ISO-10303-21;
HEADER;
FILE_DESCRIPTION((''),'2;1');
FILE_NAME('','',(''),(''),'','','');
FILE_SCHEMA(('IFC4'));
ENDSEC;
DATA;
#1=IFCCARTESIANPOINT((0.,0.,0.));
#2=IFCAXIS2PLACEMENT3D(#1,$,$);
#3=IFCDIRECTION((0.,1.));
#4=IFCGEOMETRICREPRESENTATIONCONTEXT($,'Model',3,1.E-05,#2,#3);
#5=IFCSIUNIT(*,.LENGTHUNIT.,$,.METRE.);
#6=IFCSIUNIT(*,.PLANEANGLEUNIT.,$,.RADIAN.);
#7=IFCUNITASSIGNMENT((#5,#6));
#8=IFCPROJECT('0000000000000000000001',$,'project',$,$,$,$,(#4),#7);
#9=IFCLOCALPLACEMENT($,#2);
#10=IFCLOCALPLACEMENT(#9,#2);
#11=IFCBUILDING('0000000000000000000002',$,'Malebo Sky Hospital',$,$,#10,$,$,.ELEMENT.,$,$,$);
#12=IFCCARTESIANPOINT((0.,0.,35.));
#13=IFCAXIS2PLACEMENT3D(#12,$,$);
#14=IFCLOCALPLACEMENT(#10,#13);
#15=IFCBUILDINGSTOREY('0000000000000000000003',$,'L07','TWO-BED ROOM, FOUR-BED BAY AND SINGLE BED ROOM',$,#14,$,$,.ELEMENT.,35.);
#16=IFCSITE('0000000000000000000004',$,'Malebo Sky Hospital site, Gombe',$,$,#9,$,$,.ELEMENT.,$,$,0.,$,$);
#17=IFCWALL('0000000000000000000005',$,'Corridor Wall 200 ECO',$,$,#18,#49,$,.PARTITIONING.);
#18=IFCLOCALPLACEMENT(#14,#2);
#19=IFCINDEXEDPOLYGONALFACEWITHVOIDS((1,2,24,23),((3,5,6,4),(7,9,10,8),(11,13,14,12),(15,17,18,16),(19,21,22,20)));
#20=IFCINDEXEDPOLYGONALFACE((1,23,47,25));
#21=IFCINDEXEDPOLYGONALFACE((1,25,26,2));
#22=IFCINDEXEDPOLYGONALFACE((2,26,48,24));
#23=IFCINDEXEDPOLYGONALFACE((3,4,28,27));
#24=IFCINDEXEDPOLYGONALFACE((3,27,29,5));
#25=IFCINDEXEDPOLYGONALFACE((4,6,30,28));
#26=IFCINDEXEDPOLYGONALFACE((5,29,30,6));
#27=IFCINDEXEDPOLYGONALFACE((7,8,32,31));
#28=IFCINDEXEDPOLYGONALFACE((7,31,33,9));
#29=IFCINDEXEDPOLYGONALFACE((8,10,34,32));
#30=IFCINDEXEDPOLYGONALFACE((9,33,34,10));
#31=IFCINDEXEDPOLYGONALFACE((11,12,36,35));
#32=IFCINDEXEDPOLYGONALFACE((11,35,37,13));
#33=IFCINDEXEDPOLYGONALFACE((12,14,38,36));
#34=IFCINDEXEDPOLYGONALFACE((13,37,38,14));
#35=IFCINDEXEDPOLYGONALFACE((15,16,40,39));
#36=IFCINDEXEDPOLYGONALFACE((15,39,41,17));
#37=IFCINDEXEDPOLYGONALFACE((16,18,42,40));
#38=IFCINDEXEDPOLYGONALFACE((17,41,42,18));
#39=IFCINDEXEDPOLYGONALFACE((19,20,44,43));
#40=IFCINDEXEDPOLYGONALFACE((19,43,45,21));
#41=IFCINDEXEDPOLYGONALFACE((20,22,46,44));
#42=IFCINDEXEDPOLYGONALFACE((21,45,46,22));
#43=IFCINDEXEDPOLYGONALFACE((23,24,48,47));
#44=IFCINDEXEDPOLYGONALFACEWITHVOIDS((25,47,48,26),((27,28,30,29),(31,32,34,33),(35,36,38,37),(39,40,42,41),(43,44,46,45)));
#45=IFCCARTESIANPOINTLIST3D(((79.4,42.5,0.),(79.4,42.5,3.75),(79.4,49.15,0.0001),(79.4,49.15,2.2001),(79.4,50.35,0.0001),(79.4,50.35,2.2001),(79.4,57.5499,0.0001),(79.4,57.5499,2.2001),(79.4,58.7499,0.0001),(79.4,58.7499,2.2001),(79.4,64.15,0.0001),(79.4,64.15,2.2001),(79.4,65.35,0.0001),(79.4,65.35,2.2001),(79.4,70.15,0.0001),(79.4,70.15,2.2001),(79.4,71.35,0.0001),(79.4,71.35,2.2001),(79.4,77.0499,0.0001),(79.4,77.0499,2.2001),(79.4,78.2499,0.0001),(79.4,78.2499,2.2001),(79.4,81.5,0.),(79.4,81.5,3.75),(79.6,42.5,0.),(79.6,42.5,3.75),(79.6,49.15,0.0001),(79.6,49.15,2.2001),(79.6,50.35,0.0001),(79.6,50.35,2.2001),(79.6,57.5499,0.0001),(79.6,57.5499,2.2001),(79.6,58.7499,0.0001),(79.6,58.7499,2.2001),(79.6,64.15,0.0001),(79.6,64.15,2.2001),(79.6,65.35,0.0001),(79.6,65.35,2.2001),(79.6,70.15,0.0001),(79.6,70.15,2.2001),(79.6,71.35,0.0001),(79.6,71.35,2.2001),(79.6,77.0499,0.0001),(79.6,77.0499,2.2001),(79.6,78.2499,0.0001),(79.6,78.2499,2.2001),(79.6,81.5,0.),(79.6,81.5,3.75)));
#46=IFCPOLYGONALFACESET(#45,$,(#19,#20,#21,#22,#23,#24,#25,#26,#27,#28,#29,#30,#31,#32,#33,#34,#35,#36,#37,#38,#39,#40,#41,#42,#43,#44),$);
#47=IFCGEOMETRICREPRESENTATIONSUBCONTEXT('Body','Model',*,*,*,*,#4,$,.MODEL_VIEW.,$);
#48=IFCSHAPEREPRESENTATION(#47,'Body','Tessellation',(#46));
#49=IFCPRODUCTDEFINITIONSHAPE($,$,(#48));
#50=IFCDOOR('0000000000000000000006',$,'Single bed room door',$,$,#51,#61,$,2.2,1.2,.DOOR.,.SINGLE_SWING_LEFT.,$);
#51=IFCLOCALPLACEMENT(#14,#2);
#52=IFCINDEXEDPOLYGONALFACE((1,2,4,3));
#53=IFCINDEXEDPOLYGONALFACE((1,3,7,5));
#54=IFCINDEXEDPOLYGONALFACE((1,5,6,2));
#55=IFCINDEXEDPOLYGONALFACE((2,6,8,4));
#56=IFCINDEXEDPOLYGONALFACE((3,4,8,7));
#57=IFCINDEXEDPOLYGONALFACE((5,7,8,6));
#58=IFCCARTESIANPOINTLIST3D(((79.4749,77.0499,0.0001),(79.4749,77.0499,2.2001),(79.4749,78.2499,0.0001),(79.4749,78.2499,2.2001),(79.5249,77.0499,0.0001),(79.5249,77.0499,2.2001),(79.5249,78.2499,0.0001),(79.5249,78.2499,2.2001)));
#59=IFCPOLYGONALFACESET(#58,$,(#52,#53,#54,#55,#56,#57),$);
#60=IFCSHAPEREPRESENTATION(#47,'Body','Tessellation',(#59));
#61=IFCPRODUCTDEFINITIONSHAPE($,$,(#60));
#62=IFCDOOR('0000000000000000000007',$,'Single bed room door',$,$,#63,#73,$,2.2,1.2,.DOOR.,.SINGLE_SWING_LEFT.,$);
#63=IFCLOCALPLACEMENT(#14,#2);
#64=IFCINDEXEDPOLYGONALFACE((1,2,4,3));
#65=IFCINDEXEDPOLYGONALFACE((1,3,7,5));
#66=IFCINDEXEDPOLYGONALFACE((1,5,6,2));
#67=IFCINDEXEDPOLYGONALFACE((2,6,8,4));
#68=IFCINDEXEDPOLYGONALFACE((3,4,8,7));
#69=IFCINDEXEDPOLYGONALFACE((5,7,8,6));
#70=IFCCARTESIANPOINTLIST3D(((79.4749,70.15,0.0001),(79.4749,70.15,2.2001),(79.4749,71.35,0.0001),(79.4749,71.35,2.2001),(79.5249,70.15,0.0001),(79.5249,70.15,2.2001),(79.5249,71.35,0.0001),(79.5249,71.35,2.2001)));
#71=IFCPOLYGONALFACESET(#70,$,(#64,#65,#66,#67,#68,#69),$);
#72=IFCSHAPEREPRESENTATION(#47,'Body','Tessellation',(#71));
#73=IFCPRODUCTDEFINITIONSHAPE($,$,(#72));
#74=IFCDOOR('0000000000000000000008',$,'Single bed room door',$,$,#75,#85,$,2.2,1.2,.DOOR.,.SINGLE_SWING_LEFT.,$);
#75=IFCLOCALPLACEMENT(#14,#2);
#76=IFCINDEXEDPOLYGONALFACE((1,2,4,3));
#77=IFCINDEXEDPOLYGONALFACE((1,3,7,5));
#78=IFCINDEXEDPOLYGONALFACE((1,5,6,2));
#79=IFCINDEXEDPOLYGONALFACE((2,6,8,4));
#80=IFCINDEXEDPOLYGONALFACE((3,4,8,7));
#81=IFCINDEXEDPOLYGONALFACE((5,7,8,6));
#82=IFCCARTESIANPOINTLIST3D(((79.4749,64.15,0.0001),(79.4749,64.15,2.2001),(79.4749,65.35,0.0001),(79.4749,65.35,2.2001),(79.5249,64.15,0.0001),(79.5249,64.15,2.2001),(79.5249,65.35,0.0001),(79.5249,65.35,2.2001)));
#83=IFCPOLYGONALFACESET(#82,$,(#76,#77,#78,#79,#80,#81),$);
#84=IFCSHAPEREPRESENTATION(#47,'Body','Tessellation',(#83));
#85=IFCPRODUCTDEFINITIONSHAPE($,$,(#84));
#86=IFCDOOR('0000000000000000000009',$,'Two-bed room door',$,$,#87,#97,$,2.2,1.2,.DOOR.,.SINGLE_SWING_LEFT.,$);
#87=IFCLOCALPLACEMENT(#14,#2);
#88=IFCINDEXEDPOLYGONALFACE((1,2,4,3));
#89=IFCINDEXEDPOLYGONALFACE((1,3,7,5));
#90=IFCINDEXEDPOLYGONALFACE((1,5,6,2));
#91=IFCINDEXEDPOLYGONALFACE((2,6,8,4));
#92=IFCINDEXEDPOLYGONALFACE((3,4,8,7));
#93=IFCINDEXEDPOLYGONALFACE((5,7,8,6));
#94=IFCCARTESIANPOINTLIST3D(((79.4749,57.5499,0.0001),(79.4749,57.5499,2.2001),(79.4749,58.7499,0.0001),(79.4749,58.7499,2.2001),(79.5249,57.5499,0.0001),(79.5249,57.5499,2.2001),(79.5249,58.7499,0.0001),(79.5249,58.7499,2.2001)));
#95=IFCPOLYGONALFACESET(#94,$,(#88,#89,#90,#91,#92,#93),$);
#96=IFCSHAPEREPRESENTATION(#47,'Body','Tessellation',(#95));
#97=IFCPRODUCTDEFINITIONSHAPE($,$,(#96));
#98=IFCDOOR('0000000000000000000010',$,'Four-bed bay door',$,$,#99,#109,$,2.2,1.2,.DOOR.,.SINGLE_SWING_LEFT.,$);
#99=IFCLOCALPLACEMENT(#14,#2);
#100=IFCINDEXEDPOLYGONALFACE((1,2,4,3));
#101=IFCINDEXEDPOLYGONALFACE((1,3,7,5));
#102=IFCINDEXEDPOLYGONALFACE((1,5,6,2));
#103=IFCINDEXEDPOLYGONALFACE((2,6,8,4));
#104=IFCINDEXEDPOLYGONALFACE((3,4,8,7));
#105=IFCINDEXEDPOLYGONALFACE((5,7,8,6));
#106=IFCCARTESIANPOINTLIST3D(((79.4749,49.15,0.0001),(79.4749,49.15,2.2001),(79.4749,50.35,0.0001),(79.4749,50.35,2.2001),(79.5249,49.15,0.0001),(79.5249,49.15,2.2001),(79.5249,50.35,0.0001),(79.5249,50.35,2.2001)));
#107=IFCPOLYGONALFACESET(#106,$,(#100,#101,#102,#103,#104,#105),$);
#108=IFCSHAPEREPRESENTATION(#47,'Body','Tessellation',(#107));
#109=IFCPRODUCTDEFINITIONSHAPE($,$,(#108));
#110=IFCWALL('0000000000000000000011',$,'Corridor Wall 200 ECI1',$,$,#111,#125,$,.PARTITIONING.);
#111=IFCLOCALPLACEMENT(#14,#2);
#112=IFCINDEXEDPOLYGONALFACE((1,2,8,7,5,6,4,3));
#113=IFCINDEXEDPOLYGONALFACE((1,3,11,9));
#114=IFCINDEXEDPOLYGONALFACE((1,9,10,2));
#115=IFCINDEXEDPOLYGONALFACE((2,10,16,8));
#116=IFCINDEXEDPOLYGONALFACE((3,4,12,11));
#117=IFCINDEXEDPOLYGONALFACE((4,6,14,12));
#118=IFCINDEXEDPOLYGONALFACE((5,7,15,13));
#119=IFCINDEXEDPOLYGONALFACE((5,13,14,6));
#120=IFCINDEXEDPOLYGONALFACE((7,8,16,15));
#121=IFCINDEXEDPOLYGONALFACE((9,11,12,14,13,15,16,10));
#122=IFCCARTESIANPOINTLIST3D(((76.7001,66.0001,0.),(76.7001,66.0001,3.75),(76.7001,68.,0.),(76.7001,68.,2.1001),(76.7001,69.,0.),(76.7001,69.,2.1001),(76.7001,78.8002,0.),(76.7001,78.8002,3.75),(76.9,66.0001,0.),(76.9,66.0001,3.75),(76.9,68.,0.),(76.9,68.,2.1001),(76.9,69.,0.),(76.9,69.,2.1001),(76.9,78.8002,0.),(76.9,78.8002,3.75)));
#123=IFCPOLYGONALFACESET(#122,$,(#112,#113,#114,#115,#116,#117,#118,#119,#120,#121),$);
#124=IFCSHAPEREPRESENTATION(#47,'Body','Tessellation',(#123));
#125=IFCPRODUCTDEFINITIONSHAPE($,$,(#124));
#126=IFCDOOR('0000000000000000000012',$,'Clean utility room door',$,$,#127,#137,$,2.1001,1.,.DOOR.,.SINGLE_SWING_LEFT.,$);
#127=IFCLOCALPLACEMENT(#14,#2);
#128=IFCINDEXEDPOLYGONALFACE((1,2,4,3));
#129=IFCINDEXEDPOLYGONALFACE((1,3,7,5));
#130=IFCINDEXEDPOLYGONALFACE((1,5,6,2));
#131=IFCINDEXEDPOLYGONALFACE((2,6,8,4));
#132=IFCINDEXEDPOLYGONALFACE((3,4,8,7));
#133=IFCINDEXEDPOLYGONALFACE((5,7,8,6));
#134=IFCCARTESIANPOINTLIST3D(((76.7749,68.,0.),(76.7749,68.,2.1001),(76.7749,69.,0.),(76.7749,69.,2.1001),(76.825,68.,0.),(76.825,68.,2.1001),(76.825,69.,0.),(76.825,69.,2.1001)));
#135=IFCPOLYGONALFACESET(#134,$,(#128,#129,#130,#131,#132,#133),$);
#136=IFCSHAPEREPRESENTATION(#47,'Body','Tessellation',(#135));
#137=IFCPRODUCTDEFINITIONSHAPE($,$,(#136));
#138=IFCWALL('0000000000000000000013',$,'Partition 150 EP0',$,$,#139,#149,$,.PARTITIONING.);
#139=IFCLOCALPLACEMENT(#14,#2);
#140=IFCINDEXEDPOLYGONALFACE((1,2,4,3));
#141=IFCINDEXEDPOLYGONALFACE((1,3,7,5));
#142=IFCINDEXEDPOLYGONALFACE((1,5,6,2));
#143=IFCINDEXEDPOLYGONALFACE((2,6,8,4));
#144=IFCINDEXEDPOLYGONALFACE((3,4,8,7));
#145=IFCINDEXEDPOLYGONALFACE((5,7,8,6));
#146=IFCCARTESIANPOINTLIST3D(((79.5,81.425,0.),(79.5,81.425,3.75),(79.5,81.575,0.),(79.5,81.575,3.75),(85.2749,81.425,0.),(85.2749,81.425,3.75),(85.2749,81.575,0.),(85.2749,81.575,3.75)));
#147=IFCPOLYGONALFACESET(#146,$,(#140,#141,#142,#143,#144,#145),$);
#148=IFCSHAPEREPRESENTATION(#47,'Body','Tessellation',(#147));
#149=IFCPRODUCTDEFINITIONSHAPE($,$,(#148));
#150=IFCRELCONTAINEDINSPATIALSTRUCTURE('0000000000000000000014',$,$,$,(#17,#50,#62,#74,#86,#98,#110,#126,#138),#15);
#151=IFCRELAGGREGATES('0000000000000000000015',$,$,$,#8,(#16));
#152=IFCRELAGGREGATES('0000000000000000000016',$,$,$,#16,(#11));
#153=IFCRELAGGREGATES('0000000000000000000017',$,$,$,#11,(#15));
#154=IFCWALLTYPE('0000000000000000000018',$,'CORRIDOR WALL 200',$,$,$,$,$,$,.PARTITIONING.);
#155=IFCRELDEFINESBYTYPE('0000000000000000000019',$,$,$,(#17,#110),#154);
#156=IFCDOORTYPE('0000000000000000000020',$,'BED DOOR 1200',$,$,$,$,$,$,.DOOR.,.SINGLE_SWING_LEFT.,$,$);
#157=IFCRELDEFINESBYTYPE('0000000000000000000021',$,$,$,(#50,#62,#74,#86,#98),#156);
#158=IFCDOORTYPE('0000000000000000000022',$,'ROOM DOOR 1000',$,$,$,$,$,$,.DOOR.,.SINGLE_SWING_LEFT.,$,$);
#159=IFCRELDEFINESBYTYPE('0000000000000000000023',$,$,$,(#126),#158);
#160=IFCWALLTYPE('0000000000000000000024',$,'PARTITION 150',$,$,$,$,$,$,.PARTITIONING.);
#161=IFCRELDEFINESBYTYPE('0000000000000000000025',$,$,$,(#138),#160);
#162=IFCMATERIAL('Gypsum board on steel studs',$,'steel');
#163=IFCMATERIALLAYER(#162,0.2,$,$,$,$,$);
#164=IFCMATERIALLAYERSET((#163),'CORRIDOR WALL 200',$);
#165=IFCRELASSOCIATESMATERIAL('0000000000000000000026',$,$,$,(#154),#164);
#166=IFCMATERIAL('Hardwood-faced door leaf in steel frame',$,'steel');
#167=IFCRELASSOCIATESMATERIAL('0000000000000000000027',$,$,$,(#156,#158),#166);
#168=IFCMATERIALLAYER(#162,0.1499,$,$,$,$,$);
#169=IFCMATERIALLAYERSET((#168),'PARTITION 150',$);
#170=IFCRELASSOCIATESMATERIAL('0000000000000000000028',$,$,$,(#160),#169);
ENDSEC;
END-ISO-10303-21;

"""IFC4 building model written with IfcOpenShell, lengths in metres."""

from ifc_helpers import new_model, si_unit, direction, frame, frame_2d, origin, place, context, subcontext, project, spatial, rectangle, extrude, material, layer, layer_set, type_object, element, fill, save


model = new_model("IFC4")

# Units and contexts
model_context = context("Model", 3, precision=1e-05, world=origin(), true_north=direction((0.0, 1.0)))
body_context = subcontext(model_context, "Body", "Model", "MODEL_VIEW")
ifc_project = project(units=[si_unit("LENGTHUNIT", "METRE"), si_unit("PLANEANGLEUNIT", "RADIAN")], contexts=[model_context])

# Site, building, storey
site_placement = place(None, origin())
site = spatial("IfcSite", under=ifc_project, at=site_placement, Name="Malebo Sky Hospital site, Gombe", CompositionType="ELEMENT", RefElevation=0.0)
building_placement = place(site_placement, origin())
building = spatial("IfcBuilding", under=site, at=building_placement, Name="Malebo Sky Hospital", CompositionType="ELEMENT")
storey_placement = place(building_placement, frame((0.0, 0.0, 35.0)))
storey = spatial("IfcBuildingStorey", under=building, at=storey_placement, Name="L07", Description="TWO-BED ROOM, FOUR-BED BAY AND SINGLE BED ROOM", CompositionType="ELEMENT", Elevation=35.0)

# Wall, openings, doors
ifc_material_1 = material(Name="Gypsum board on steel studs", Category="steel")
ifc_layer_1 = layer(ifc_material_1, 0.2)
ifc_layer_set_1 = layer_set([ifc_layer_1], Name="CORRIDOR WALL 200")
wall_type_1 = type_object("IfcWallType", Name="CORRIDOR WALL 200", PredefinedType="PARTITIONING", material=ifc_layer_set_1)
wall_1_placement = place(storey_placement, frame((79.5, 81.5, 0.0), z_axis=(0.0, 0.0, 1.0), x_axis=(0.0, -1.0, 0.0)))
wall_1 = element("IfcWall", 1, at=wall_1_placement, inside=storey, type_object=wall_type_1, Name="Corridor Wall 200 ECO", PredefinedType="PARTITIONING", context=body_context, shape_type="SweptSolid", body=[
    extrude(rectangle(XDim=39.0, YDim=0.2, at=frame_2d((19.5, 0.0))), origin(), (0.0, 0.0, 1.0), 3.75),
])
opening_1_placement = place(wall_1_placement, frame((3.25, 0.0, 0.0)))
opening_1 = element("IfcOpeningElement", 2, at=opening_1_placement, cuts=wall_1, PredefinedType="OPENING", context=body_context, shape_type="SweptSolid", body=[
    extrude(rectangle(XDim=1.2, YDim=2.2, at=frame_2d((0.6001, 1.1001))), frame((0.0, 0.1099, 0.0), z_axis=(0.0, -1.0, 0.0), x_axis=(1.0, 0.0, 0.0)), (0.0, 0.0, 1.0), 0.22),
])
opening_2_placement = place(wall_1_placement, frame((10.1499, 0.0, 0.0)))
opening_2 = element("IfcOpeningElement", 3, at=opening_2_placement, cuts=wall_1, PredefinedType="OPENING", context=body_context, shape_type="SweptSolid", body=[
    extrude(rectangle(XDim=1.2, YDim=2.2, at=frame_2d((0.6001, 1.1001))), frame((0.0, 0.1099, 0.0), z_axis=(0.0, -1.0, 0.0), x_axis=(1.0, 0.0, 0.0)), (0.0, 0.0, 1.0), 0.22),
])
opening_3_placement = place(wall_1_placement, frame((16.1499, 0.0, 0.0)))
opening_3 = element("IfcOpeningElement", 4, at=opening_3_placement, cuts=wall_1, PredefinedType="OPENING", context=body_context, shape_type="SweptSolid", body=[
    extrude(rectangle(XDim=1.2, YDim=2.2, at=frame_2d((0.6001, 1.1001))), frame((0.0, 0.1099, 0.0), z_axis=(0.0, -1.0, 0.0), x_axis=(1.0, 0.0, 0.0)), (0.0, 0.0, 1.0), 0.22),
])
opening_4_placement = place(wall_1_placement, frame((22.75, 0.0, 0.0)))
opening_4 = element("IfcOpeningElement", 5, at=opening_4_placement, cuts=wall_1, PredefinedType="OPENING", context=body_context, shape_type="SweptSolid", body=[
    extrude(rectangle(XDim=1.2, YDim=2.2, at=frame_2d((0.6001, 1.1001))), frame((0.0, 0.1099, 0.0), z_axis=(0.0, -1.0, 0.0), x_axis=(1.0, 0.0, 0.0)), (0.0, 0.0, 1.0), 0.22),
])
opening_5_placement = place(wall_1_placement, frame((31.1499, 0.0, 0.0)))
opening_5 = element("IfcOpeningElement", 6, at=opening_5_placement, cuts=wall_1, PredefinedType="OPENING", context=body_context, shape_type="SweptSolid", body=[
    extrude(rectangle(XDim=1.2, YDim=2.2, at=frame_2d((0.6001, 1.1001))), frame((0.0, 0.1099, 0.0), z_axis=(0.0, -1.0, 0.0), x_axis=(1.0, 0.0, 0.0)), (0.0, 0.0, 1.0), 0.22),
])
ifc_material_2 = material(Name="Hardwood-faced door leaf in steel frame", Category="steel")
door_type_1 = type_object("IfcDoorType", Name="BED DOOR 1200", OperationType="SINGLE_SWING_LEFT", PredefinedType="DOOR", material=ifc_material_2)
door_1_placement = place(opening_1_placement, origin())
door_1 = element("IfcDoor", 7, at=door_1_placement, inside=storey, type_object=door_type_1, Name="Single bed room door", OperationType="SINGLE_SWING_LEFT", OverallHeight=2.2, OverallWidth=1.2, PredefinedType="DOOR", context=body_context, shape_type="SweptSolid", body=[
    extrude(rectangle(XDim=1.2, YDim=2.2, at=frame_2d((0.6001, 1.1001))), frame((0.0, 0.0249, 0.0), z_axis=(0.0, -1.0, 0.0), x_axis=(1.0, 0.0, 0.0)), (0.0, 0.0, 1.0), 0.05),
])
fill(opening_1, door_1)
door_2_placement = place(opening_2_placement, origin())
door_2 = element("IfcDoor", 8, at=door_2_placement, inside=storey, type_object=door_type_1, Name="Single bed room door", OperationType="SINGLE_SWING_LEFT", OverallHeight=2.2, OverallWidth=1.2, PredefinedType="DOOR", context=body_context, shape_type="SweptSolid", body=[
    extrude(rectangle(XDim=1.2, YDim=2.2, at=frame_2d((0.6001, 1.1001))), frame((0.0, 0.0249, 0.0), z_axis=(0.0, -1.0, 0.0), x_axis=(1.0, 0.0, 0.0)), (0.0, 0.0, 1.0), 0.05),
])
fill(opening_2, door_2)
door_3_placement = place(opening_3_placement, origin())
door_3 = element("IfcDoor", 9, at=door_3_placement, inside=storey, type_object=door_type_1, Name="Single bed room door", OperationType="SINGLE_SWING_LEFT", OverallHeight=2.2, OverallWidth=1.2, PredefinedType="DOOR", context=body_context, shape_type="SweptSolid", body=[
    extrude(rectangle(XDim=1.2, YDim=2.2, at=frame_2d((0.6001, 1.1001))), frame((0.0, 0.0249, 0.0), z_axis=(0.0, -1.0, 0.0), x_axis=(1.0, 0.0, 0.0)), (0.0, 0.0, 1.0), 0.05),
])
fill(opening_3, door_3)
door_4_placement = place(opening_4_placement, origin())
door_4 = element("IfcDoor", 10, at=door_4_placement, inside=storey, type_object=door_type_1, Name="Two-bed room door", OperationType="SINGLE_SWING_LEFT", OverallHeight=2.2, OverallWidth=1.2, PredefinedType="DOOR", context=body_context, shape_type="SweptSolid", body=[
    extrude(rectangle(XDim=1.2, YDim=2.2, at=frame_2d((0.6001, 1.1001))), frame((0.0, 0.0249, 0.0), z_axis=(0.0, -1.0, 0.0), x_axis=(1.0, 0.0, 0.0)), (0.0, 0.0, 1.0), 0.05),
])
fill(opening_4, door_4)
door_5_placement = place(opening_5_placement, origin())
door_5 = element("IfcDoor", 11, at=door_5_placement, inside=storey, type_object=door_type_1, Name="Four-bed bay door", OperationType="SINGLE_SWING_LEFT", OverallHeight=2.2, OverallWidth=1.2, PredefinedType="DOOR", context=body_context, shape_type="SweptSolid", body=[
    extrude(rectangle(XDim=1.2, YDim=2.2, at=frame_2d((0.6001, 1.1001))), frame((0.0, 0.0249, 0.0), z_axis=(0.0, -1.0, 0.0), x_axis=(1.0, 0.0, 0.0)), (0.0, 0.0, 1.0), 0.05),
])
fill(opening_5, door_5)

# Wall, opening, door
wall_2_placement = place(storey_placement, frame((76.8, 78.8, 0.0), z_axis=(0.0, 0.0, 1.0), x_axis=(0.0, -1.0, 0.0)))
wall_2 = element("IfcWall", 12, at=wall_2_placement, inside=storey, type_object=wall_type_1, Name="Corridor Wall 200 ECI1", PredefinedType="PARTITIONING", context=body_context, shape_type="SweptSolid", body=[
    extrude(rectangle(XDim=12.8, YDim=0.2, at=frame_2d((6.3999, 0.0))), origin(), (0.0, 0.0, 1.0), 3.75),
])
opening_6_placement = place(wall_2_placement, frame((9.8, 0.0, 0.0)))
opening_6 = element("IfcOpeningElement", 13, at=opening_6_placement, cuts=wall_2, PredefinedType="OPENING", context=body_context, shape_type="SweptSolid", body=[
    extrude(rectangle(XDim=1.0, YDim=2.1001, at=frame_2d((0.5, 1.05))), frame((0.0, 0.1099, 0.0), z_axis=(0.0, -1.0, 0.0), x_axis=(1.0, 0.0, 0.0)), (0.0, 0.0, 1.0), 0.22),
])
door_type_2 = type_object("IfcDoorType", Name="ROOM DOOR 1000", OperationType="SINGLE_SWING_LEFT", PredefinedType="DOOR", material=ifc_material_2)
door_6_placement = place(opening_6_placement, origin())
door_6 = element("IfcDoor", 14, at=door_6_placement, inside=storey, type_object=door_type_2, Name="Clean utility room door", OperationType="SINGLE_SWING_LEFT", OverallHeight=2.1001, OverallWidth=1.0, PredefinedType="DOOR", context=body_context, shape_type="SweptSolid", body=[
    extrude(rectangle(XDim=1.0, YDim=2.1001, at=frame_2d((0.5, 1.05))), frame((0.0, 0.0249, 0.0), z_axis=(0.0, -1.0, 0.0), x_axis=(1.0, 0.0, 0.0)), (0.0, 0.0, 1.0), 0.05),
])
fill(opening_6, door_6)

# Wall
ifc_layer_2 = layer(ifc_material_1, 0.1499)
ifc_layer_set_2 = layer_set([ifc_layer_2], Name="PARTITION 150")
wall_type_2 = type_object("IfcWallType", Name="PARTITION 150", PredefinedType="PARTITIONING", material=ifc_layer_set_2)
wall_3_placement = place(storey_placement, frame((79.5, 81.5, 0.0), z_axis=(0.0, 0.0, 1.0), x_axis=(1.0, 0.0, 0.0)))
element("IfcWall", 15, at=wall_3_placement, inside=storey, type_object=wall_type_2, Name="Partition 150 EP0", PredefinedType="PARTITIONING", context=body_context, shape_type="SweptSolid", body=[
    extrude(rectangle(XDim=5.7749, YDim=0.1499, at=frame_2d((2.8875, 0.0))), origin(), (0.0, 0.0, 1.0), 3.75),
])

save(model, "model.ifc")
